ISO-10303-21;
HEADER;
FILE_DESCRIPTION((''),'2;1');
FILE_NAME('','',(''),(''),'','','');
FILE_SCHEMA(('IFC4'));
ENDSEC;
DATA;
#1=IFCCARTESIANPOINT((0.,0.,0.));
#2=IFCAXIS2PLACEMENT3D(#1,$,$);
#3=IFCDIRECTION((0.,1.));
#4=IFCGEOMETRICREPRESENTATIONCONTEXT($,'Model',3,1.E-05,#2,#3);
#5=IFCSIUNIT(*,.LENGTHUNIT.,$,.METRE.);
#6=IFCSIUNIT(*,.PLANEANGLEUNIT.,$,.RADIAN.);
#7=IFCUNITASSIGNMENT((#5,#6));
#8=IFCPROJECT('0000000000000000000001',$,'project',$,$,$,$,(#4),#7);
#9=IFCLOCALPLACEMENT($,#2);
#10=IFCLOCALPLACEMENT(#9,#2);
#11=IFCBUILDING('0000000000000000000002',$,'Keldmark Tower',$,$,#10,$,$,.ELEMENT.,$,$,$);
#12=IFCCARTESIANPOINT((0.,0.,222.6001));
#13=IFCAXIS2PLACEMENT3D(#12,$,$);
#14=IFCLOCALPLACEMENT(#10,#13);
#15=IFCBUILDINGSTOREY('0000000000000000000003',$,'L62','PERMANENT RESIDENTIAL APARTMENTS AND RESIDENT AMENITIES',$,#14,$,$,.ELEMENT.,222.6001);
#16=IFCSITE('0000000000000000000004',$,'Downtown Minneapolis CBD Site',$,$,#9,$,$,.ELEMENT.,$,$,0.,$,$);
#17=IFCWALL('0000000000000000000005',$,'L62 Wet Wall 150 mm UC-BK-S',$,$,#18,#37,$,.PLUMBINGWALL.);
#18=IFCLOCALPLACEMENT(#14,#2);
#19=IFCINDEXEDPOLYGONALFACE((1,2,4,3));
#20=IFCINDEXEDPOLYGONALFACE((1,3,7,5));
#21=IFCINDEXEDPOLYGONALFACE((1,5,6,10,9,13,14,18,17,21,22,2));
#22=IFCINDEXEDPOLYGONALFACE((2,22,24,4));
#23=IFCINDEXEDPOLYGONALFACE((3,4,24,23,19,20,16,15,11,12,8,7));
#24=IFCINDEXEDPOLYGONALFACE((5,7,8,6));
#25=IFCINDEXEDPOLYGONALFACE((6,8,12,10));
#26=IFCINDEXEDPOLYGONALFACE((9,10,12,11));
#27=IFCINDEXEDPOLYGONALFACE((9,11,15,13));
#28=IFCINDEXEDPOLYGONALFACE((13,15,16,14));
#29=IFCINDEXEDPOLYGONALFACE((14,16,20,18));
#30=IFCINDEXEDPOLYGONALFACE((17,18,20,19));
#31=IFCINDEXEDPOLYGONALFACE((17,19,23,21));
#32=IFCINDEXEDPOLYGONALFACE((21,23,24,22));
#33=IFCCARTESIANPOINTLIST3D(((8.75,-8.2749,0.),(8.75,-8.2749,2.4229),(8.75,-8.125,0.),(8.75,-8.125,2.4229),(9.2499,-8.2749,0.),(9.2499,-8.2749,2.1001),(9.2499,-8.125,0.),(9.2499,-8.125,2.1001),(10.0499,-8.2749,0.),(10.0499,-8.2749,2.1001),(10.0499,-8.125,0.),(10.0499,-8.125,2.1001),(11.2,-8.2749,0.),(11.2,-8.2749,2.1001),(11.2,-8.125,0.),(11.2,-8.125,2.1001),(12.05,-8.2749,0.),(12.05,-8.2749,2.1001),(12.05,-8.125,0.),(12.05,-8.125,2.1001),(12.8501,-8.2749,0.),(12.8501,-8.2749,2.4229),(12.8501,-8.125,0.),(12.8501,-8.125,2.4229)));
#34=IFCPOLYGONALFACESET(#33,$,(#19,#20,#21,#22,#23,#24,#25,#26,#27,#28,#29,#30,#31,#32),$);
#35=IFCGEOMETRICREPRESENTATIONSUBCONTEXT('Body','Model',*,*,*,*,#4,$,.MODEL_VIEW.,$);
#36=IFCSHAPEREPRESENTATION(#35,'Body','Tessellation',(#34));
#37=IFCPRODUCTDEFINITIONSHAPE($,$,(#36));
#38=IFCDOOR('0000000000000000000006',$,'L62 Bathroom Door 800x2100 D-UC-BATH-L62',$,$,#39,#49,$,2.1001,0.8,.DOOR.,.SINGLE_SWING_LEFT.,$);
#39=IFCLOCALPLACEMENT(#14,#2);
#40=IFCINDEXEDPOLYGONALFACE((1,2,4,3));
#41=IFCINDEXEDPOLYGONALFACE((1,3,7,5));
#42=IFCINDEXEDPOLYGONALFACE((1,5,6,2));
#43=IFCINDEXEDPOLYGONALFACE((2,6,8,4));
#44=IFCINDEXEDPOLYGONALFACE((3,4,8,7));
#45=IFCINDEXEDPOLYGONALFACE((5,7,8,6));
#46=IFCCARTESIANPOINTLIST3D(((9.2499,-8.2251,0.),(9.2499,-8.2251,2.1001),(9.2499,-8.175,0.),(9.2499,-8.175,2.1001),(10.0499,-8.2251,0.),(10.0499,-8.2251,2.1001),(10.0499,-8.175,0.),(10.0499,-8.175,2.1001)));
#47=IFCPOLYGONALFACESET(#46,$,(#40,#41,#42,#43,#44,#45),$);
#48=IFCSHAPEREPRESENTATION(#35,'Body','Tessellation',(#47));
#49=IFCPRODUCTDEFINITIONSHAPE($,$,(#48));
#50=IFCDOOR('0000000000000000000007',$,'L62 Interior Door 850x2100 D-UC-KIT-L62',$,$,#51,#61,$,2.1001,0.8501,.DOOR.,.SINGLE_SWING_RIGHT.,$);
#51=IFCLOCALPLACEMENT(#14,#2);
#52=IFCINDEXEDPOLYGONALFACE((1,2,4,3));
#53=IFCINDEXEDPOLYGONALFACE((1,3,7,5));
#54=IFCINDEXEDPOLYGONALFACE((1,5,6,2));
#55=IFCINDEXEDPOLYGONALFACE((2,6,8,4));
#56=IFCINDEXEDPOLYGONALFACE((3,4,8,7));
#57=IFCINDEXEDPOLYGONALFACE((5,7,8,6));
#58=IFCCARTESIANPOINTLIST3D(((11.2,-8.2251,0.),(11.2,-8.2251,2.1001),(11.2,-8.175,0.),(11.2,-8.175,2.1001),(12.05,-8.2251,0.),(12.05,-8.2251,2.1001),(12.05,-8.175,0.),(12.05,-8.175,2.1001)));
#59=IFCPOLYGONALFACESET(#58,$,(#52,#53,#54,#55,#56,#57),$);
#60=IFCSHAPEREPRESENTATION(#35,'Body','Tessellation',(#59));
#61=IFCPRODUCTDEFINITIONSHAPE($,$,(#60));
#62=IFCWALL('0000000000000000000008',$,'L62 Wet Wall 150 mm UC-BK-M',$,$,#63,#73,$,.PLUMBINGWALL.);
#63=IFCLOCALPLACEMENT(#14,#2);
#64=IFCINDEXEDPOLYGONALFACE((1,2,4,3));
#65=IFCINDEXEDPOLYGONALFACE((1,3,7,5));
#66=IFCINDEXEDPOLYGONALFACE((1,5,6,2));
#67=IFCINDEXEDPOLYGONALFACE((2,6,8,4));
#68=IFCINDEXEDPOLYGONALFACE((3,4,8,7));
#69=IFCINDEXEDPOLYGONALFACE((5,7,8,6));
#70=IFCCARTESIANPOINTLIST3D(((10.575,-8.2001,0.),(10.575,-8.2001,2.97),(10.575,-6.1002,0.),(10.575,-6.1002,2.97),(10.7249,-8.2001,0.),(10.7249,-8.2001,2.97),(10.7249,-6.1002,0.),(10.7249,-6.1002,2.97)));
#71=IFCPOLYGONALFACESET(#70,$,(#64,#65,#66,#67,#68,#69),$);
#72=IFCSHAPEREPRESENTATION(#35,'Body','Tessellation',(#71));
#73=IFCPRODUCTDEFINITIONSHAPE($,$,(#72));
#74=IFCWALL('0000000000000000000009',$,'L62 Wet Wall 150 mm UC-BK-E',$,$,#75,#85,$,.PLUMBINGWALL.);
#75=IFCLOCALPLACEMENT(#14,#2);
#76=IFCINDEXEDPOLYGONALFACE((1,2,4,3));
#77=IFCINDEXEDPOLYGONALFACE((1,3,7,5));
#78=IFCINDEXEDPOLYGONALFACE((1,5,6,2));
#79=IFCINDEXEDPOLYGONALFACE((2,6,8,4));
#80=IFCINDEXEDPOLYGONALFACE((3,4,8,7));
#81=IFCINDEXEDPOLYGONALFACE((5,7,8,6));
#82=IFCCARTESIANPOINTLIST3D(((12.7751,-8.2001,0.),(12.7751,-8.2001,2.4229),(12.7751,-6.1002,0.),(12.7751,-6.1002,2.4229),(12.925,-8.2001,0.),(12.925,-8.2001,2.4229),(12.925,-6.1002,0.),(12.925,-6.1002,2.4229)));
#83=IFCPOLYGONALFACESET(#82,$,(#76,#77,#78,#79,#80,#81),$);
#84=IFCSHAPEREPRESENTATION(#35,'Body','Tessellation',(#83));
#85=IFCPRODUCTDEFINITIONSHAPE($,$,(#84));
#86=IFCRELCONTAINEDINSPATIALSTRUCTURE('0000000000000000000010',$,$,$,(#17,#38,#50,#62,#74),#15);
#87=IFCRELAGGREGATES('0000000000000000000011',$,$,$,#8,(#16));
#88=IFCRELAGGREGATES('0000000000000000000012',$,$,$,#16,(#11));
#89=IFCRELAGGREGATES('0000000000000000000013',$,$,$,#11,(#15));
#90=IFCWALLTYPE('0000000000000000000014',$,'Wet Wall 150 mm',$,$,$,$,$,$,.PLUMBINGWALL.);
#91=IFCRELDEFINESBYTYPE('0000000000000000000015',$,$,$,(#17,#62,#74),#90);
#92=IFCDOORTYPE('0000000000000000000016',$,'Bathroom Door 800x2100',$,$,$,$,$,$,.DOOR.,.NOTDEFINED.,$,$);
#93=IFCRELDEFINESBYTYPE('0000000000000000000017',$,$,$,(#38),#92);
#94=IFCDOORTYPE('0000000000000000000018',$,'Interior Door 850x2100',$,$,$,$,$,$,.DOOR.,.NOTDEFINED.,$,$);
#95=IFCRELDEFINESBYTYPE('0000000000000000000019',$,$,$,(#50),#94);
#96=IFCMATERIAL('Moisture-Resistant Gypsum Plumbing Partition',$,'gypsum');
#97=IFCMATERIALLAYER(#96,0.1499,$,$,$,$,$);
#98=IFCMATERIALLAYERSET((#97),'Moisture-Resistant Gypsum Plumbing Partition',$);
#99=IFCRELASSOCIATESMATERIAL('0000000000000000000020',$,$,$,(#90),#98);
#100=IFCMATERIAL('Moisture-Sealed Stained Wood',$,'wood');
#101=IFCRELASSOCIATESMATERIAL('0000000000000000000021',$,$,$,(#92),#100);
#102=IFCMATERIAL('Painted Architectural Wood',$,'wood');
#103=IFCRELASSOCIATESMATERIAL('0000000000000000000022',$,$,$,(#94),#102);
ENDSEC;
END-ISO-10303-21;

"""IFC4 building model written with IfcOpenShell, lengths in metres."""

from ifc_helpers import new_model, si_unit, direction, frame, frame_2d, origin, place, context, subcontext, project, spatial, rectangle, extrude, material, layer, layer_set, type_object, element, fill, save


model = new_model("IFC4")

# Units and contexts
model_context = context("Model", 3, precision=1e-05, world=origin(), true_north=direction((0.0, 1.0)))
body_context = subcontext(model_context, "Body", "Model", "MODEL_VIEW")
ifc_project = project(units=[si_unit("LENGTHUNIT", "METRE"), si_unit("PLANEANGLEUNIT", "RADIAN")], contexts=[model_context])

# Site, building, storey
site_placement = place(None, origin())
site = spatial("IfcSite", under=ifc_project, at=site_placement, Name="Downtown Minneapolis CBD Site", CompositionType="ELEMENT", RefElevation=0.0)
building_placement = place(site_placement, origin())
building = spatial("IfcBuilding", under=site, at=building_placement, Name="Keldmark Tower", CompositionType="ELEMENT")
storey_placement = place(building_placement, frame((0.0, 0.0, 222.6001)))
storey = spatial("IfcBuildingStorey", under=building, at=storey_placement, Name="L62", Description="PERMANENT RESIDENTIAL APARTMENTS AND RESIDENT AMENITIES", CompositionType="ELEMENT", Elevation=222.6001)

# Wall, openings, doors
ifc_material_1 = material(Name="Moisture-Resistant Gypsum Plumbing Partition", Category="gypsum")
ifc_layer_1 = layer(ifc_material_1, 0.1499)
ifc_layer_set_1 = layer_set([ifc_layer_1], Name="Moisture-Resistant Gypsum Plumbing Partition")
wall_type_1 = type_object("IfcWallType", Name="Wet Wall 150 mm", PredefinedType="PLUMBINGWALL", material=ifc_layer_set_1)
wall_1_placement = place(storey_placement, frame((8.75, -8.2, 0.0), z_axis=(0.0, 0.0, 1.0), x_axis=(1.0, 0.0, 0.0)))
wall_1 = element("IfcWall", 1, at=wall_1_placement, inside=storey, type_object=wall_type_1, Name="L62 Wet Wall 150 mm UC-BK-S", PredefinedType="PLUMBINGWALL", context=body_context, shape_type="SweptSolid", body=[
    extrude(rectangle(XDim=4.1001, YDim=0.1499, at=frame_2d((2.05, 0.0))), origin(), (0.0, 0.0, 1.0), 2.4229),
])
opening_1_placement = place(wall_1_placement, frame((0.5, 0.0, 0.0)))
opening_1 = element("IfcOpeningElement", 2, at=opening_1_placement, cuts=wall_1, PredefinedType="OPENING", context=body_context, shape_type="SweptSolid", body=[
    extrude(rectangle(XDim=0.8, YDim=2.1001, at=frame_2d((0.3999, 1.05))), frame((0.0, 0.085, 0.0), z_axis=(0.0, -1.0, 0.0), x_axis=(1.0, 0.0, 0.0)), (0.0, 0.0, 1.0), 0.1699),
])
opening_2_placement = place(wall_1_placement, frame((2.45, 0.0, 0.0)))
opening_2 = element("IfcOpeningElement", 3, at=opening_2_placement, cuts=wall_1, PredefinedType="OPENING", context=body_context, shape_type="SweptSolid", body=[
    extrude(rectangle(XDim=0.8501, YDim=2.1001, at=frame_2d((0.425, 1.05))), frame((0.0, 0.085, 0.0), z_axis=(0.0, -1.0, 0.0), x_axis=(1.0, 0.0, 0.0)), (0.0, 0.0, 1.0), 0.1699),
])
ifc_material_2 = material(Name="Moisture-Sealed Stained Wood", Category="wood")
door_type_1 = type_object("IfcDoorType", Name="Bathroom Door 800x2100", OperationType="NOTDEFINED", PredefinedType="DOOR", material=ifc_material_2)
door_1_placement = place(opening_1_placement, origin())
door_1 = element("IfcDoor", 4, at=door_1_placement, inside=storey, type_object=door_type_1, Name="L62 Bathroom Door 800x2100 D-UC-BATH-L62", OperationType="SINGLE_SWING_LEFT", OverallHeight=2.1001, OverallWidth=0.8, PredefinedType="DOOR", context=body_context, shape_type="SweptSolid", body=[
    extrude(rectangle(XDim=0.8, YDim=2.1001, at=frame_2d((0.3999, 1.05))), frame((0.0, 0.0249, 0.0), z_axis=(0.0, -1.0, 0.0), x_axis=(1.0, 0.0, 0.0)), (0.0, 0.0, 1.0), 0.05),
])
fill(opening_1, door_1)
ifc_material_3 = material(Name="Painted Architectural Wood", Category="wood")
door_type_2 = type_object("IfcDoorType", Name="Interior Door 850x2100", OperationType="NOTDEFINED", PredefinedType="DOOR", material=ifc_material_3)
door_2_placement = place(opening_2_placement, origin())
door_2 = element("IfcDoor", 5, at=door_2_placement, inside=storey, type_object=door_type_2, Name="L62 Interior Door 850x2100 D-UC-KIT-L62", OperationType="SINGLE_SWING_RIGHT", OverallHeight=2.1001, OverallWidth=0.8501, PredefinedType="DOOR", context=body_context, shape_type="SweptSolid", body=[
    extrude(rectangle(XDim=0.8501, YDim=2.1001, at=frame_2d((0.425, 1.05))), frame((0.0, 0.0249, 0.0), z_axis=(0.0, -1.0, 0.0), x_axis=(1.0, 0.0, 0.0)), (0.0, 0.0, 1.0), 0.05),
])
fill(opening_2, door_2)

# Walls
wall_2_placement = place(storey_placement, frame((10.6499, -8.2, 0.0), z_axis=(0.0, 0.0, 1.0), x_axis=(0.0, 1.0, 0.0)))
element("IfcWall", 6, at=wall_2_placement, inside=storey, type_object=wall_type_1, Name="L62 Wet Wall 150 mm UC-BK-M", PredefinedType="PLUMBINGWALL", context=body_context, shape_type="SweptSolid", body=[
    extrude(rectangle(XDim=2.0999, YDim=0.1499, at=frame_2d((1.0498, 0.0))), origin(), (0.0, 0.0, 1.0), 2.97),
])
wall_3_placement = place(storey_placement, frame((12.8501, -8.2, 0.0), z_axis=(0.0, 0.0, 1.0), x_axis=(0.0, 1.0, 0.0)))
element("IfcWall", 7, at=wall_3_placement, inside=storey, type_object=wall_type_1, Name="L62 Wet Wall 150 mm UC-BK-E", PredefinedType="PLUMBINGWALL", context=body_context, shape_type="SweptSolid", body=[
    extrude(rectangle(XDim=2.0999, YDim=0.1499, at=frame_2d((1.0498, 0.0))), origin(), (0.0, 0.0, 1.0), 2.4229),
])

save(model, "model.ifc")
